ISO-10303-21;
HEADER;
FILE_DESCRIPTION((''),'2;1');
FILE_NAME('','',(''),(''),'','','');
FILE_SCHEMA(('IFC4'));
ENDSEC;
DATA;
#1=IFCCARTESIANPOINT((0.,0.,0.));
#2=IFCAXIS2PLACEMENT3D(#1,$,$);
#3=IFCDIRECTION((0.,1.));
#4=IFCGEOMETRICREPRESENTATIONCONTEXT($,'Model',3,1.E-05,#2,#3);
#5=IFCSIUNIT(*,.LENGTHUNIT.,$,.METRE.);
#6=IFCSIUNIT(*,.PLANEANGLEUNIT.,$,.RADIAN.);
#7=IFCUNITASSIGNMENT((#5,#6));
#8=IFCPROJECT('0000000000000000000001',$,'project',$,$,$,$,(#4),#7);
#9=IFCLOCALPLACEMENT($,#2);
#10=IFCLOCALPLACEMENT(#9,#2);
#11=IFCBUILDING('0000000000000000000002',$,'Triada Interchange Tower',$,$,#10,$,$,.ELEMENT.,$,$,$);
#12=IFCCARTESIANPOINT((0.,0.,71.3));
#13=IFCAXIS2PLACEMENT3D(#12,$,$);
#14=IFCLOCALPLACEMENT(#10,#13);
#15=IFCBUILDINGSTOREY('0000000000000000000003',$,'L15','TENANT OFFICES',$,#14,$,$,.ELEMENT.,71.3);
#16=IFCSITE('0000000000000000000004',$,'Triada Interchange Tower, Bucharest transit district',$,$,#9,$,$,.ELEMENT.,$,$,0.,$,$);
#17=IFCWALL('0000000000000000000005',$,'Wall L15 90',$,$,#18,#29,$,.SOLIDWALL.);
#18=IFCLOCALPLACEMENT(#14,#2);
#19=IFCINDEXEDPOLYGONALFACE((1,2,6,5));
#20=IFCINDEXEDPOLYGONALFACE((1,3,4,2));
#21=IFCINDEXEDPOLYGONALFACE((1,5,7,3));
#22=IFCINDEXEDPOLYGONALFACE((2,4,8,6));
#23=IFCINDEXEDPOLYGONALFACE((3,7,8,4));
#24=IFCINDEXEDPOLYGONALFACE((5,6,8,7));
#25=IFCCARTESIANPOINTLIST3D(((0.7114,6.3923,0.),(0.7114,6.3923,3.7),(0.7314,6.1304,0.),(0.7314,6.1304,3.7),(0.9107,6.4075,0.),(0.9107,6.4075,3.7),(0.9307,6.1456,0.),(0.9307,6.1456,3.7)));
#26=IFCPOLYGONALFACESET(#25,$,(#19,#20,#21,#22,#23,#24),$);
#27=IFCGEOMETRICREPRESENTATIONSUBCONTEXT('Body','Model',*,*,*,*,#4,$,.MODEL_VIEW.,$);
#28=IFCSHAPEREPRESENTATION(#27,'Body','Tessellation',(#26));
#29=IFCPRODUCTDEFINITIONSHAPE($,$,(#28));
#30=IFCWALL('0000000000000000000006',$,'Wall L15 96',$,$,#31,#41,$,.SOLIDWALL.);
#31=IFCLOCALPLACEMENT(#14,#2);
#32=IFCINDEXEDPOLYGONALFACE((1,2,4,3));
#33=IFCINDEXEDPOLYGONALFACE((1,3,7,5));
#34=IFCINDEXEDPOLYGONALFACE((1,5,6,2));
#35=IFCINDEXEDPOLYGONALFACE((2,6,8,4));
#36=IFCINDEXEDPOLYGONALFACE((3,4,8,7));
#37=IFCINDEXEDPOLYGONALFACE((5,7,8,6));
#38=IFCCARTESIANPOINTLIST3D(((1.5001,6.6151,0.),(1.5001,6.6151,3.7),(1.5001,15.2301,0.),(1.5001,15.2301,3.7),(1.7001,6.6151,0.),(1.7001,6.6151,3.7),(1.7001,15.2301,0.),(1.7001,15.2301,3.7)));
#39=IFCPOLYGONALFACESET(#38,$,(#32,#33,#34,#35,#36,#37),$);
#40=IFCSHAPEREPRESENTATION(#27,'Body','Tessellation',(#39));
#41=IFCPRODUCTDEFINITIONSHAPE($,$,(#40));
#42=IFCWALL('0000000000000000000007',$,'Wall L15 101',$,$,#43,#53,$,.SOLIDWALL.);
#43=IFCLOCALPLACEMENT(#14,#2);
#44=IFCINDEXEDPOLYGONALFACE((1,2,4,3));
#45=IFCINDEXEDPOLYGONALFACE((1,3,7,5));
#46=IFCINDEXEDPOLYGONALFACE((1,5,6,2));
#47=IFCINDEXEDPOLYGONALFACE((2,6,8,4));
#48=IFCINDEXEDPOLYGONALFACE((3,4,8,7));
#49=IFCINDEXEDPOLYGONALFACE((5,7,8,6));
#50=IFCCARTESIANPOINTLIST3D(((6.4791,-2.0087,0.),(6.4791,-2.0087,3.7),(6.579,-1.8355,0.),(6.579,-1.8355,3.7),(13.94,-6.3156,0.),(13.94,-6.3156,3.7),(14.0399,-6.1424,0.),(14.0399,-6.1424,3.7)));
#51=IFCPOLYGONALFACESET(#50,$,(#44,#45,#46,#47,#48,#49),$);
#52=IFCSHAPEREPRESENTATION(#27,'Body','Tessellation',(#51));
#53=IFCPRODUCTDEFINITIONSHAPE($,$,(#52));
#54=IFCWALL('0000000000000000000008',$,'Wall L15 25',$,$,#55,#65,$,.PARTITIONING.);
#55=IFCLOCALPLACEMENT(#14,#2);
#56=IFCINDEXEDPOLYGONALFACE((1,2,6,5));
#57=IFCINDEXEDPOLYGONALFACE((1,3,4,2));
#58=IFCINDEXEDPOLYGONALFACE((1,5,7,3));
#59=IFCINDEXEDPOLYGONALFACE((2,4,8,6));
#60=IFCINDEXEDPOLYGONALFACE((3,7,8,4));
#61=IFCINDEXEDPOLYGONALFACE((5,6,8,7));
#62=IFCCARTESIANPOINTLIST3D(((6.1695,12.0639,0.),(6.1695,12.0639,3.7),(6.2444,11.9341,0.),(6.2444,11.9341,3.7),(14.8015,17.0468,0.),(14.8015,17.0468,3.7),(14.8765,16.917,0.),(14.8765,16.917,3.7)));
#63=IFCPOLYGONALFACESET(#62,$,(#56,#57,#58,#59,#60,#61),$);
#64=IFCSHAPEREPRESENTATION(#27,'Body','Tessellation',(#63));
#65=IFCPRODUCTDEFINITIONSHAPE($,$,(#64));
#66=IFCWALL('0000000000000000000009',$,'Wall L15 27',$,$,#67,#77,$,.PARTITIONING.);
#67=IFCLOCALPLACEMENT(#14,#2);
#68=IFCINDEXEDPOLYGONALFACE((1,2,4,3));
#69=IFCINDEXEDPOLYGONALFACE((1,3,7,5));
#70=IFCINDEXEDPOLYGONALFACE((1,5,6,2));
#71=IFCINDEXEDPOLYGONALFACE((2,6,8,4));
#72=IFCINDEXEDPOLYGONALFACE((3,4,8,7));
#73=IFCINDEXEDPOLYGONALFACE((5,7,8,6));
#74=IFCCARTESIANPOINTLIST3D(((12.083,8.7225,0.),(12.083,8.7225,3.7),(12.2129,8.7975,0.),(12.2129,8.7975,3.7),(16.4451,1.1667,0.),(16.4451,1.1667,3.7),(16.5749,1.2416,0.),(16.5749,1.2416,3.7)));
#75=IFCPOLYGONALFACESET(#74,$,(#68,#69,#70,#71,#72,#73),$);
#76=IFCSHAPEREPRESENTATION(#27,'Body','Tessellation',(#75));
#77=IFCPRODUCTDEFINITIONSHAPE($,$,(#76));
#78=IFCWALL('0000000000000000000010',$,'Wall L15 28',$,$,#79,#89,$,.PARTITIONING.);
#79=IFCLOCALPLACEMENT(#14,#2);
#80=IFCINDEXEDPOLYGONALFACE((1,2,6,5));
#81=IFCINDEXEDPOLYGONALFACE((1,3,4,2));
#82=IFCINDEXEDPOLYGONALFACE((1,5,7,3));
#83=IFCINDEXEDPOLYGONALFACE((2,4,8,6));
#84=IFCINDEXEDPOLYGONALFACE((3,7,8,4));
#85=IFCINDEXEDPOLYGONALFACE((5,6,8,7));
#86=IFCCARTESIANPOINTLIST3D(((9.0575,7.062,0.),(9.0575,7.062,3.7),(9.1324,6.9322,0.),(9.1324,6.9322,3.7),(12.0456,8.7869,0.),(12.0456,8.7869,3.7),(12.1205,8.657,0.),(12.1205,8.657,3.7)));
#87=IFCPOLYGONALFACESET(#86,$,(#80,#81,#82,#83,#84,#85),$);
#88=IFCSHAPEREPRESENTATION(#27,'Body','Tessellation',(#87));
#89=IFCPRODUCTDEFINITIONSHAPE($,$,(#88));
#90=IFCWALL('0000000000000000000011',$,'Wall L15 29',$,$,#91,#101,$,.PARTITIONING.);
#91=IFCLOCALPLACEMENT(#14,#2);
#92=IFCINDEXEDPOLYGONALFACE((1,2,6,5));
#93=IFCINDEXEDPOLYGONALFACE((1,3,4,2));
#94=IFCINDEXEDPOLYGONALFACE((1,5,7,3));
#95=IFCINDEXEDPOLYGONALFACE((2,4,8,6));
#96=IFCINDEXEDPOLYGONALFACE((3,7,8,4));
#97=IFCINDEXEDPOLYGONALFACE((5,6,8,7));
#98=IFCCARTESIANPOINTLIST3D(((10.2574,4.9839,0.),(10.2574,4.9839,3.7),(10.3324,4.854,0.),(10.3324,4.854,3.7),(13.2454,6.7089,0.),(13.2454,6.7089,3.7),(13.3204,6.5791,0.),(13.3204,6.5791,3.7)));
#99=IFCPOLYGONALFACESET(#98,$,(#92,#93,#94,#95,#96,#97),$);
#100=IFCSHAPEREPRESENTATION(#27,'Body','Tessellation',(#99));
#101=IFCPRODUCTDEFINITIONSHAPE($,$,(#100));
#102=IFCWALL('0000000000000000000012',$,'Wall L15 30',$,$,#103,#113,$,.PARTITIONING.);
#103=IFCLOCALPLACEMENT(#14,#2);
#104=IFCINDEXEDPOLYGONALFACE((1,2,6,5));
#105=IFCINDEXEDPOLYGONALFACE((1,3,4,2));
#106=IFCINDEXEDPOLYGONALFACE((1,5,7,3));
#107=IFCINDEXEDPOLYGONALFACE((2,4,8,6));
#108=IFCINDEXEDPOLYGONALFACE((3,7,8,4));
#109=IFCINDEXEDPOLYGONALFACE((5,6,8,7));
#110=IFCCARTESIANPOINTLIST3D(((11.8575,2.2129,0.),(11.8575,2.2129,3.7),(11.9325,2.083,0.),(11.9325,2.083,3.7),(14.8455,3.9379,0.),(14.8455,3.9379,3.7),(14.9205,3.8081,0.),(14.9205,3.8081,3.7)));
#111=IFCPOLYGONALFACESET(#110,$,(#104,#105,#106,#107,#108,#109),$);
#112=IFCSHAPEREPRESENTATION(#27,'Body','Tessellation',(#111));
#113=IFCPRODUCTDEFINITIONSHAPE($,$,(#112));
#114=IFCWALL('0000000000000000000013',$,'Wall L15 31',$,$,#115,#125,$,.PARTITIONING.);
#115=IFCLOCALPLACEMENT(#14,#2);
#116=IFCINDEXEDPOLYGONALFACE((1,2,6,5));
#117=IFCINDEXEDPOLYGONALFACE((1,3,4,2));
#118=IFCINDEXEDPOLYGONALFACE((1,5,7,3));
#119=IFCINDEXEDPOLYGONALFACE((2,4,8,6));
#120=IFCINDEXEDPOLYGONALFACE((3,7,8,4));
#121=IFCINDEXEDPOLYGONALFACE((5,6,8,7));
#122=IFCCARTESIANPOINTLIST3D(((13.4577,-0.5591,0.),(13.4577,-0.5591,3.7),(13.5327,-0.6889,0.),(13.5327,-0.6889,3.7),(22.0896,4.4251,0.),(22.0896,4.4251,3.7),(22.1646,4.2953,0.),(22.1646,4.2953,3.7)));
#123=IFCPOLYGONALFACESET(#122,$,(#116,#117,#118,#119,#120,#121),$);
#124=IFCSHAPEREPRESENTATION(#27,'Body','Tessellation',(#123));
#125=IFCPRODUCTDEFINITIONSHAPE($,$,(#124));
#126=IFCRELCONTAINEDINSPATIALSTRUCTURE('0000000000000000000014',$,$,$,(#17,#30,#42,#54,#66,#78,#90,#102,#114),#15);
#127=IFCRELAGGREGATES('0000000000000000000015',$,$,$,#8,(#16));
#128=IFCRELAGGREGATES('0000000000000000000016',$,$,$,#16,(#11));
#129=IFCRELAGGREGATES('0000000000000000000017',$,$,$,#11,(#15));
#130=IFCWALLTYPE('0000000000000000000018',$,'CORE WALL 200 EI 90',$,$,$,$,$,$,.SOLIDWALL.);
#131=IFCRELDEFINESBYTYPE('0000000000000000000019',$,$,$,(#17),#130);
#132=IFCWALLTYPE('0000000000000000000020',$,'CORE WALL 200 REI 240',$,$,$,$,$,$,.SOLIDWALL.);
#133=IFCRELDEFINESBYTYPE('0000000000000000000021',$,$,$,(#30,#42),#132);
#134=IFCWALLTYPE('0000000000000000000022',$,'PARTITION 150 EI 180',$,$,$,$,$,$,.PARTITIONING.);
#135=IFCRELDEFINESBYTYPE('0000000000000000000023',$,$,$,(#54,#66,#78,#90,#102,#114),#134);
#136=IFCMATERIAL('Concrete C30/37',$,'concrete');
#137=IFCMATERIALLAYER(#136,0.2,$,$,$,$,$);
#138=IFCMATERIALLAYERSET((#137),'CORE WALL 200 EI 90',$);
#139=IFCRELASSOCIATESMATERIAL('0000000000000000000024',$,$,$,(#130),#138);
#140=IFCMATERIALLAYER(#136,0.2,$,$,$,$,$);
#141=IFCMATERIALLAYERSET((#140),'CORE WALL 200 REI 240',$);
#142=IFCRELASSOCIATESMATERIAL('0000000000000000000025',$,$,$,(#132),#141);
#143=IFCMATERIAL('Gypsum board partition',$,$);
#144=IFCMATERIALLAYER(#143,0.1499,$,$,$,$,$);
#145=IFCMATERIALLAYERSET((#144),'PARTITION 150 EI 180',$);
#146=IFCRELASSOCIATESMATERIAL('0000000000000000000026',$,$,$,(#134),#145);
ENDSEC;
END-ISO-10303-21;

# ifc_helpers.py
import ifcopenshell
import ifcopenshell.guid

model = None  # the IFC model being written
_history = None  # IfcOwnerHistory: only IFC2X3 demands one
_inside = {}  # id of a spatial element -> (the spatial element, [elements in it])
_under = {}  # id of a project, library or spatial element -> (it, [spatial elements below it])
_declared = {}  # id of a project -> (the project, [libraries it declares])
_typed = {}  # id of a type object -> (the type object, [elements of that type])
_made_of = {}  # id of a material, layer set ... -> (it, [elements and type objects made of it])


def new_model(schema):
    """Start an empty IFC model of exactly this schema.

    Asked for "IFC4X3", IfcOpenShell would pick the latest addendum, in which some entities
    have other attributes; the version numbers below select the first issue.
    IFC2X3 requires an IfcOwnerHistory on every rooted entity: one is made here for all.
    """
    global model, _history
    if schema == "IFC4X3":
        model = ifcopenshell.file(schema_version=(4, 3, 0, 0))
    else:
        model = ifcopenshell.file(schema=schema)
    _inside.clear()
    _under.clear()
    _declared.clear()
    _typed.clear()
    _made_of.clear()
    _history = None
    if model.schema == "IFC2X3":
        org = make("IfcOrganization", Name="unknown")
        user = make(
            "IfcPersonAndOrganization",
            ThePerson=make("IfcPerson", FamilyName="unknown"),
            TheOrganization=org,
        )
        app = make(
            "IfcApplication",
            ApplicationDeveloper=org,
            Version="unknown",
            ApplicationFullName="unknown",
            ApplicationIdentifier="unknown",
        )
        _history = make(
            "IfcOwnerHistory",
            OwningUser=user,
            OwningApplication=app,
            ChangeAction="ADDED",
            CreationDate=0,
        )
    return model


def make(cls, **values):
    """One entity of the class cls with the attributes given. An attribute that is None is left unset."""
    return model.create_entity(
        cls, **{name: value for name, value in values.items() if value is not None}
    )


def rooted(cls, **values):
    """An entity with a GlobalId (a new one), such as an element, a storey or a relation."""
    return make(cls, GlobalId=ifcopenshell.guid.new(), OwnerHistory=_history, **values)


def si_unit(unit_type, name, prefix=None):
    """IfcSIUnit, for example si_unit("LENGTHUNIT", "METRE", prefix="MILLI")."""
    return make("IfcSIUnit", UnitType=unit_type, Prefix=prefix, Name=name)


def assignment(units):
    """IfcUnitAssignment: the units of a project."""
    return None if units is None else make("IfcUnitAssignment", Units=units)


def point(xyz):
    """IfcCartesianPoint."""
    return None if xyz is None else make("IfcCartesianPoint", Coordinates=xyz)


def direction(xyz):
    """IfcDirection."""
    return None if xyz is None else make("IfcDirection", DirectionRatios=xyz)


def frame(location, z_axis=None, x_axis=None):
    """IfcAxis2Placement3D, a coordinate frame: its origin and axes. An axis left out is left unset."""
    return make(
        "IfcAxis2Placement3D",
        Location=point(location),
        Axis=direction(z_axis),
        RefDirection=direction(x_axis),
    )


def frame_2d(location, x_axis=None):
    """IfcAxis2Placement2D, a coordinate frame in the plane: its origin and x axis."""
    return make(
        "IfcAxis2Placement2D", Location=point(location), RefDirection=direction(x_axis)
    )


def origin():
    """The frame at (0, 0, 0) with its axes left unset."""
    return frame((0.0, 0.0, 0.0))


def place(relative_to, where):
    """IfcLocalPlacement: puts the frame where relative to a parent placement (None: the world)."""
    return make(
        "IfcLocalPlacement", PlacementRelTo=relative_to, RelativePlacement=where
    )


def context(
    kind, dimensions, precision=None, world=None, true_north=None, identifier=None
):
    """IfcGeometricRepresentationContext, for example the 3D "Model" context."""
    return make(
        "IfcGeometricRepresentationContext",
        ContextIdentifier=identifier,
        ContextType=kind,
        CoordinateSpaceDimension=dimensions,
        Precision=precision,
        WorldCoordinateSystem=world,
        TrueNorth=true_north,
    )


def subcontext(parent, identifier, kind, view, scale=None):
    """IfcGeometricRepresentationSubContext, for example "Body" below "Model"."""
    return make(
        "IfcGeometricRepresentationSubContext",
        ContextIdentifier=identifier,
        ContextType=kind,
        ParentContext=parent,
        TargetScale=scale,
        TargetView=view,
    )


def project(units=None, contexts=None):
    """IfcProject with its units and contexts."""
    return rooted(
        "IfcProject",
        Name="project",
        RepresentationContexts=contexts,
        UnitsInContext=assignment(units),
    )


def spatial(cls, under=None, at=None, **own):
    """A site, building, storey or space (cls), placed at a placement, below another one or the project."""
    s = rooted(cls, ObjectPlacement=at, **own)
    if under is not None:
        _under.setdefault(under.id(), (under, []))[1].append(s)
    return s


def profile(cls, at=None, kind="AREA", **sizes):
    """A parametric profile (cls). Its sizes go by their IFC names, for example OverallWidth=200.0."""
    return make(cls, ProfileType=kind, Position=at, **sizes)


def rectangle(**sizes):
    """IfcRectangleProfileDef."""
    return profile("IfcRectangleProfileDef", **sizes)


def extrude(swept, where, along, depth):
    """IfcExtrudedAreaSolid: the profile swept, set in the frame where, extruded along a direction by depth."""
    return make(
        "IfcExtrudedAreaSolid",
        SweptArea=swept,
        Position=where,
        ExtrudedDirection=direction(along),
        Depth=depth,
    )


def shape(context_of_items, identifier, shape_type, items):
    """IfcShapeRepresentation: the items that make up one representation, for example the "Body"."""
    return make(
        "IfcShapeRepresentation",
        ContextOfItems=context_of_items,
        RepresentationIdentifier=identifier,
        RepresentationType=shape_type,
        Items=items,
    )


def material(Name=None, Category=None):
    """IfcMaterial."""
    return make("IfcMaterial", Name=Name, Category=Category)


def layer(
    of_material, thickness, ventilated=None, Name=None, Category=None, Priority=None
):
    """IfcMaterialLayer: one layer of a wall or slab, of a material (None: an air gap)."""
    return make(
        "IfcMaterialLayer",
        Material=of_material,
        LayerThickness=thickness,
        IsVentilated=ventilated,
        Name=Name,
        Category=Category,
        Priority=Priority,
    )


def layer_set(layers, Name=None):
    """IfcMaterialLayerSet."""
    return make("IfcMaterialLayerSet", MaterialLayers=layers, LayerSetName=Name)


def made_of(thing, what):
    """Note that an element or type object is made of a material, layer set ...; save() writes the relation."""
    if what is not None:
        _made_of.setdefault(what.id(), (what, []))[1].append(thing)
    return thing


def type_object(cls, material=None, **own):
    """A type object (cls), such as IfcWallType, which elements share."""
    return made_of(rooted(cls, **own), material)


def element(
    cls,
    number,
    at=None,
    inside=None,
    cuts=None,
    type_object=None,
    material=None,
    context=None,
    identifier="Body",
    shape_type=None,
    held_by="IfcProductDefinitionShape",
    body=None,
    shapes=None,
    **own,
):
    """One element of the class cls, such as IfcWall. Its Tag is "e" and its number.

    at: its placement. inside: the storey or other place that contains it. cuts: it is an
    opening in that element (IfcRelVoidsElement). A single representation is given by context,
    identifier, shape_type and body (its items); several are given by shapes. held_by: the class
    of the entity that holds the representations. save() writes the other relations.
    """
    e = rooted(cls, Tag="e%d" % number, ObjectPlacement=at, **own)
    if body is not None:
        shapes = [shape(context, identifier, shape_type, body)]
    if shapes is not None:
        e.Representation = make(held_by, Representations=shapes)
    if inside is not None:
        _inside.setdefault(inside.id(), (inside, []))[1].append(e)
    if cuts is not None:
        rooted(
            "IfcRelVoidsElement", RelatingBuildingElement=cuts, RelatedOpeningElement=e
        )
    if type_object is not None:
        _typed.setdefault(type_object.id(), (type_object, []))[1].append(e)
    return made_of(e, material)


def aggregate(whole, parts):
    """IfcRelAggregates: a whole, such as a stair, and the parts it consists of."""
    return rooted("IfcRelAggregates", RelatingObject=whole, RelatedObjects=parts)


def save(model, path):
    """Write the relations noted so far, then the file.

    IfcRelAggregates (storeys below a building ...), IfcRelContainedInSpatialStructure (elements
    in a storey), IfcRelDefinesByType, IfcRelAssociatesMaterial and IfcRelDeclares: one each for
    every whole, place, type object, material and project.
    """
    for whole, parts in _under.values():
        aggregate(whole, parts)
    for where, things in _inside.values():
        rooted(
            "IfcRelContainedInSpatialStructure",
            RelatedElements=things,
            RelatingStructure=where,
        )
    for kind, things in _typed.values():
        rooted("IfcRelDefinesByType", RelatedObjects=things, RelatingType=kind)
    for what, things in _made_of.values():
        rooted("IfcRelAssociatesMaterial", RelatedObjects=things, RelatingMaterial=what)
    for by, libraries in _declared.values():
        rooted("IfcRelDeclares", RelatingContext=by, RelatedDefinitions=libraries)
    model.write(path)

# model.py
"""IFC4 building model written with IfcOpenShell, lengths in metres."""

from ifc_helpers import new_model, si_unit, direction, frame, frame_2d, origin, place, context, subcontext, project, spatial, rectangle, extrude, material, layer, layer_set, type_object, element, save


model = new_model("IFC4")

# Units and contexts
model_context = context("Model", 3, precision=1e-05, world=origin(), true_north=direction((0.0, 1.0)))
body_context = subcontext(model_context, "Body", "Model", "MODEL_VIEW")
ifc_project = project(units=[si_unit("LENGTHUNIT", "METRE"), si_unit("PLANEANGLEUNIT", "RADIAN")], contexts=[model_context])

# Site, building, storey
site_placement = place(None, origin())
site = spatial("IfcSite", under=ifc_project, at=site_placement, Name="Triada Interchange Tower, Bucharest transit district", CompositionType="ELEMENT", RefElevation=0.0)
building_placement = place(site_placement, origin())
building = spatial("IfcBuilding", under=site, at=building_placement, Name="Triada Interchange Tower", CompositionType="ELEMENT")
storey_placement = place(building_placement, frame((0.0, 0.0, 71.3)))
storey = spatial("IfcBuildingStorey", under=building, at=storey_placement, Name="L15", Description="TENANT OFFICES", CompositionType="ELEMENT", Elevation=71.3)

# Shared definitions
ifc_material_1 = material(Name="Concrete C30/37", Category="concrete")

# Walls
ifc_layer_1 = layer(ifc_material_1, 0.2)
ifc_layer_set_1 = layer_set([ifc_layer_1], Name="CORE WALL 200 EI 90")
wall_type_1 = type_object("IfcWallType", Name="CORE WALL 200 EI 90", PredefinedType="SOLIDWALL", material=ifc_layer_set_1)
wall_1_placement = place(storey_placement, frame((0.811, 6.3999, 0.0), z_axis=(0.0, 0.0, 1.0), x_axis=(0.076199, -0.997093, 0.0)))
element("IfcWall", 1, at=wall_1_placement, inside=storey, type_object=wall_type_1, Name="Wall L15 90", PredefinedType="SOLIDWALL", context=body_context, shape_type="SweptSolid", body=[
    extrude(rectangle(XDim=0.2627, YDim=0.2, at=frame_2d((0.1313, 0.0))), origin(), (0.0, 0.0, 1.0), 3.7),
])
ifc_layer_2 = layer(ifc_material_1, 0.2)
ifc_layer_set_2 = layer_set([ifc_layer_2], Name="CORE WALL 200 REI 240")
wall_type_2 = type_object("IfcWallType", Name="CORE WALL 200 REI 240", PredefinedType="SOLIDWALL", material=ifc_layer_set_2)
wall_2_placement = place(storey_placement, frame((1.6001, 6.615, 0.0), z_axis=(0.0, 0.0, 1.0), x_axis=(0.0, 1.0, 0.0)))
element("IfcWall", 2, at=wall_2_placement, inside=storey, type_object=wall_type_2, Name="Wall L15 96", PredefinedType="SOLIDWALL", context=body_context, shape_type="SweptSolid", body=[
    extrude(rectangle(XDim=8.615, YDim=0.2, at=frame_2d((4.3076, 0.0))), origin(), (0.0, 0.0, 1.0), 3.7),
])
wall_3_placement = place(storey_placement, frame((6.5291, -1.9221, 0.0), z_axis=(0.0, 0.0, 1.0), x_axis=(0.86606, -0.49994, 0.0)))
element("IfcWall", 3, at=wall_3_placement, inside=storey, type_object=wall_type_2, Name="Wall L15 101", PredefinedType="SOLIDWALL", context=body_context, shape_type="SweptSolid", body=[
    extrude(rectangle(XDim=8.6147, YDim=0.2, at=frame_2d((4.3074, 0.0))), origin(), (0.0, 0.0, 1.0), 3.7),
])
ifc_material_2 = material(Name="Gypsum board partition")
ifc_layer_3 = layer(ifc_material_2, 0.1499)
ifc_layer_set_3 = layer_set([ifc_layer_3], Name="PARTITION 150 EI 180")
wall_type_3 = type_object("IfcWallType", Name="PARTITION 150 EI 180", PredefinedType="PARTITIONING", material=ifc_layer_set_3)
wall_4_placement = place(storey_placement, frame((6.207, 11.999, 0.0), z_axis=(0.0, 0.0, 1.0), x_axis=(0.866061, 0.499938, 0.0)))
element("IfcWall", 4, at=wall_4_placement, inside=storey, type_object=wall_type_3, Name="Wall L15 25", PredefinedType="PARTITIONING", context=body_context, shape_type="SweptSolid", body=[
    extrude(rectangle(XDim=9.967, YDim=0.1499, at=frame_2d((4.9834, 0.0))), origin(), (0.0, 0.0, 1.0), 3.7),
])
wall_5_placement = place(storey_placement, frame((12.1479, 8.76, 0.0), z_axis=(0.0, 0.0, 1.0), x_axis=(0.49997, -0.866043, 0.0)))
element("IfcWall", 5, at=wall_5_placement, inside=storey, type_object=wall_type_3, Name="Wall L15 27", PredefinedType="PARTITIONING", context=body_context, shape_type="SweptSolid", body=[
    extrude(rectangle(XDim=8.7246, YDim=0.1499, at=frame_2d((4.3623, 0.0))), origin(), (0.0, 0.0, 1.0), 3.7),
])
for number, where, z_axis, x_axis, name in (
    (6, (9.095, 6.9971, 0.0), (0.0, 0.0, 1.0), (0.866062, 0.499937, 0.0), "Wall L15 28"),
    (7, (10.2949, 4.9189, 0.0), (0.0, 0.0, 1.0), (0.866031, 0.49999, 0.0), "Wall L15 29"),
    (8, (11.895, 2.1479, 0.0), (0.0, 0.0, 1.0), (0.866031, 0.49999, 0.0), "Wall L15 30"),
):
    element("IfcWall", number, at=place(storey_placement, frame(where, z_axis=z_axis, x_axis=x_axis)), inside=storey, type_object=wall_type_3, Name=name, PredefinedType="PARTITIONING", context=body_context, shape_type="SweptSolid", body=[
        extrude(rectangle(XDim=3.4502, YDim=0.1499, at=frame_2d((1.7251, 0.0))), origin(), (0.0, 0.0, 1.0), 3.7),
    ])
wall_6_placement = place(storey_placement, frame((13.4951, -0.624, 0.0), z_axis=(0.0, 0.0, 1.0), x_axis=(0.866002, 0.50004, 0.0)))
element("IfcWall", 9, at=wall_6_placement, inside=storey, type_object=wall_type_3, Name="Wall L15 31", PredefinedType="PARTITIONING", context=body_context, shape_type="SweptSolid", body=[
    extrude(rectangle(XDim=9.9675, YDim=0.1499, at=frame_2d((4.9839, 0.0))), origin(), (0.0, 0.0, 1.0), 3.7),
])

save(model, "model.ifc")
